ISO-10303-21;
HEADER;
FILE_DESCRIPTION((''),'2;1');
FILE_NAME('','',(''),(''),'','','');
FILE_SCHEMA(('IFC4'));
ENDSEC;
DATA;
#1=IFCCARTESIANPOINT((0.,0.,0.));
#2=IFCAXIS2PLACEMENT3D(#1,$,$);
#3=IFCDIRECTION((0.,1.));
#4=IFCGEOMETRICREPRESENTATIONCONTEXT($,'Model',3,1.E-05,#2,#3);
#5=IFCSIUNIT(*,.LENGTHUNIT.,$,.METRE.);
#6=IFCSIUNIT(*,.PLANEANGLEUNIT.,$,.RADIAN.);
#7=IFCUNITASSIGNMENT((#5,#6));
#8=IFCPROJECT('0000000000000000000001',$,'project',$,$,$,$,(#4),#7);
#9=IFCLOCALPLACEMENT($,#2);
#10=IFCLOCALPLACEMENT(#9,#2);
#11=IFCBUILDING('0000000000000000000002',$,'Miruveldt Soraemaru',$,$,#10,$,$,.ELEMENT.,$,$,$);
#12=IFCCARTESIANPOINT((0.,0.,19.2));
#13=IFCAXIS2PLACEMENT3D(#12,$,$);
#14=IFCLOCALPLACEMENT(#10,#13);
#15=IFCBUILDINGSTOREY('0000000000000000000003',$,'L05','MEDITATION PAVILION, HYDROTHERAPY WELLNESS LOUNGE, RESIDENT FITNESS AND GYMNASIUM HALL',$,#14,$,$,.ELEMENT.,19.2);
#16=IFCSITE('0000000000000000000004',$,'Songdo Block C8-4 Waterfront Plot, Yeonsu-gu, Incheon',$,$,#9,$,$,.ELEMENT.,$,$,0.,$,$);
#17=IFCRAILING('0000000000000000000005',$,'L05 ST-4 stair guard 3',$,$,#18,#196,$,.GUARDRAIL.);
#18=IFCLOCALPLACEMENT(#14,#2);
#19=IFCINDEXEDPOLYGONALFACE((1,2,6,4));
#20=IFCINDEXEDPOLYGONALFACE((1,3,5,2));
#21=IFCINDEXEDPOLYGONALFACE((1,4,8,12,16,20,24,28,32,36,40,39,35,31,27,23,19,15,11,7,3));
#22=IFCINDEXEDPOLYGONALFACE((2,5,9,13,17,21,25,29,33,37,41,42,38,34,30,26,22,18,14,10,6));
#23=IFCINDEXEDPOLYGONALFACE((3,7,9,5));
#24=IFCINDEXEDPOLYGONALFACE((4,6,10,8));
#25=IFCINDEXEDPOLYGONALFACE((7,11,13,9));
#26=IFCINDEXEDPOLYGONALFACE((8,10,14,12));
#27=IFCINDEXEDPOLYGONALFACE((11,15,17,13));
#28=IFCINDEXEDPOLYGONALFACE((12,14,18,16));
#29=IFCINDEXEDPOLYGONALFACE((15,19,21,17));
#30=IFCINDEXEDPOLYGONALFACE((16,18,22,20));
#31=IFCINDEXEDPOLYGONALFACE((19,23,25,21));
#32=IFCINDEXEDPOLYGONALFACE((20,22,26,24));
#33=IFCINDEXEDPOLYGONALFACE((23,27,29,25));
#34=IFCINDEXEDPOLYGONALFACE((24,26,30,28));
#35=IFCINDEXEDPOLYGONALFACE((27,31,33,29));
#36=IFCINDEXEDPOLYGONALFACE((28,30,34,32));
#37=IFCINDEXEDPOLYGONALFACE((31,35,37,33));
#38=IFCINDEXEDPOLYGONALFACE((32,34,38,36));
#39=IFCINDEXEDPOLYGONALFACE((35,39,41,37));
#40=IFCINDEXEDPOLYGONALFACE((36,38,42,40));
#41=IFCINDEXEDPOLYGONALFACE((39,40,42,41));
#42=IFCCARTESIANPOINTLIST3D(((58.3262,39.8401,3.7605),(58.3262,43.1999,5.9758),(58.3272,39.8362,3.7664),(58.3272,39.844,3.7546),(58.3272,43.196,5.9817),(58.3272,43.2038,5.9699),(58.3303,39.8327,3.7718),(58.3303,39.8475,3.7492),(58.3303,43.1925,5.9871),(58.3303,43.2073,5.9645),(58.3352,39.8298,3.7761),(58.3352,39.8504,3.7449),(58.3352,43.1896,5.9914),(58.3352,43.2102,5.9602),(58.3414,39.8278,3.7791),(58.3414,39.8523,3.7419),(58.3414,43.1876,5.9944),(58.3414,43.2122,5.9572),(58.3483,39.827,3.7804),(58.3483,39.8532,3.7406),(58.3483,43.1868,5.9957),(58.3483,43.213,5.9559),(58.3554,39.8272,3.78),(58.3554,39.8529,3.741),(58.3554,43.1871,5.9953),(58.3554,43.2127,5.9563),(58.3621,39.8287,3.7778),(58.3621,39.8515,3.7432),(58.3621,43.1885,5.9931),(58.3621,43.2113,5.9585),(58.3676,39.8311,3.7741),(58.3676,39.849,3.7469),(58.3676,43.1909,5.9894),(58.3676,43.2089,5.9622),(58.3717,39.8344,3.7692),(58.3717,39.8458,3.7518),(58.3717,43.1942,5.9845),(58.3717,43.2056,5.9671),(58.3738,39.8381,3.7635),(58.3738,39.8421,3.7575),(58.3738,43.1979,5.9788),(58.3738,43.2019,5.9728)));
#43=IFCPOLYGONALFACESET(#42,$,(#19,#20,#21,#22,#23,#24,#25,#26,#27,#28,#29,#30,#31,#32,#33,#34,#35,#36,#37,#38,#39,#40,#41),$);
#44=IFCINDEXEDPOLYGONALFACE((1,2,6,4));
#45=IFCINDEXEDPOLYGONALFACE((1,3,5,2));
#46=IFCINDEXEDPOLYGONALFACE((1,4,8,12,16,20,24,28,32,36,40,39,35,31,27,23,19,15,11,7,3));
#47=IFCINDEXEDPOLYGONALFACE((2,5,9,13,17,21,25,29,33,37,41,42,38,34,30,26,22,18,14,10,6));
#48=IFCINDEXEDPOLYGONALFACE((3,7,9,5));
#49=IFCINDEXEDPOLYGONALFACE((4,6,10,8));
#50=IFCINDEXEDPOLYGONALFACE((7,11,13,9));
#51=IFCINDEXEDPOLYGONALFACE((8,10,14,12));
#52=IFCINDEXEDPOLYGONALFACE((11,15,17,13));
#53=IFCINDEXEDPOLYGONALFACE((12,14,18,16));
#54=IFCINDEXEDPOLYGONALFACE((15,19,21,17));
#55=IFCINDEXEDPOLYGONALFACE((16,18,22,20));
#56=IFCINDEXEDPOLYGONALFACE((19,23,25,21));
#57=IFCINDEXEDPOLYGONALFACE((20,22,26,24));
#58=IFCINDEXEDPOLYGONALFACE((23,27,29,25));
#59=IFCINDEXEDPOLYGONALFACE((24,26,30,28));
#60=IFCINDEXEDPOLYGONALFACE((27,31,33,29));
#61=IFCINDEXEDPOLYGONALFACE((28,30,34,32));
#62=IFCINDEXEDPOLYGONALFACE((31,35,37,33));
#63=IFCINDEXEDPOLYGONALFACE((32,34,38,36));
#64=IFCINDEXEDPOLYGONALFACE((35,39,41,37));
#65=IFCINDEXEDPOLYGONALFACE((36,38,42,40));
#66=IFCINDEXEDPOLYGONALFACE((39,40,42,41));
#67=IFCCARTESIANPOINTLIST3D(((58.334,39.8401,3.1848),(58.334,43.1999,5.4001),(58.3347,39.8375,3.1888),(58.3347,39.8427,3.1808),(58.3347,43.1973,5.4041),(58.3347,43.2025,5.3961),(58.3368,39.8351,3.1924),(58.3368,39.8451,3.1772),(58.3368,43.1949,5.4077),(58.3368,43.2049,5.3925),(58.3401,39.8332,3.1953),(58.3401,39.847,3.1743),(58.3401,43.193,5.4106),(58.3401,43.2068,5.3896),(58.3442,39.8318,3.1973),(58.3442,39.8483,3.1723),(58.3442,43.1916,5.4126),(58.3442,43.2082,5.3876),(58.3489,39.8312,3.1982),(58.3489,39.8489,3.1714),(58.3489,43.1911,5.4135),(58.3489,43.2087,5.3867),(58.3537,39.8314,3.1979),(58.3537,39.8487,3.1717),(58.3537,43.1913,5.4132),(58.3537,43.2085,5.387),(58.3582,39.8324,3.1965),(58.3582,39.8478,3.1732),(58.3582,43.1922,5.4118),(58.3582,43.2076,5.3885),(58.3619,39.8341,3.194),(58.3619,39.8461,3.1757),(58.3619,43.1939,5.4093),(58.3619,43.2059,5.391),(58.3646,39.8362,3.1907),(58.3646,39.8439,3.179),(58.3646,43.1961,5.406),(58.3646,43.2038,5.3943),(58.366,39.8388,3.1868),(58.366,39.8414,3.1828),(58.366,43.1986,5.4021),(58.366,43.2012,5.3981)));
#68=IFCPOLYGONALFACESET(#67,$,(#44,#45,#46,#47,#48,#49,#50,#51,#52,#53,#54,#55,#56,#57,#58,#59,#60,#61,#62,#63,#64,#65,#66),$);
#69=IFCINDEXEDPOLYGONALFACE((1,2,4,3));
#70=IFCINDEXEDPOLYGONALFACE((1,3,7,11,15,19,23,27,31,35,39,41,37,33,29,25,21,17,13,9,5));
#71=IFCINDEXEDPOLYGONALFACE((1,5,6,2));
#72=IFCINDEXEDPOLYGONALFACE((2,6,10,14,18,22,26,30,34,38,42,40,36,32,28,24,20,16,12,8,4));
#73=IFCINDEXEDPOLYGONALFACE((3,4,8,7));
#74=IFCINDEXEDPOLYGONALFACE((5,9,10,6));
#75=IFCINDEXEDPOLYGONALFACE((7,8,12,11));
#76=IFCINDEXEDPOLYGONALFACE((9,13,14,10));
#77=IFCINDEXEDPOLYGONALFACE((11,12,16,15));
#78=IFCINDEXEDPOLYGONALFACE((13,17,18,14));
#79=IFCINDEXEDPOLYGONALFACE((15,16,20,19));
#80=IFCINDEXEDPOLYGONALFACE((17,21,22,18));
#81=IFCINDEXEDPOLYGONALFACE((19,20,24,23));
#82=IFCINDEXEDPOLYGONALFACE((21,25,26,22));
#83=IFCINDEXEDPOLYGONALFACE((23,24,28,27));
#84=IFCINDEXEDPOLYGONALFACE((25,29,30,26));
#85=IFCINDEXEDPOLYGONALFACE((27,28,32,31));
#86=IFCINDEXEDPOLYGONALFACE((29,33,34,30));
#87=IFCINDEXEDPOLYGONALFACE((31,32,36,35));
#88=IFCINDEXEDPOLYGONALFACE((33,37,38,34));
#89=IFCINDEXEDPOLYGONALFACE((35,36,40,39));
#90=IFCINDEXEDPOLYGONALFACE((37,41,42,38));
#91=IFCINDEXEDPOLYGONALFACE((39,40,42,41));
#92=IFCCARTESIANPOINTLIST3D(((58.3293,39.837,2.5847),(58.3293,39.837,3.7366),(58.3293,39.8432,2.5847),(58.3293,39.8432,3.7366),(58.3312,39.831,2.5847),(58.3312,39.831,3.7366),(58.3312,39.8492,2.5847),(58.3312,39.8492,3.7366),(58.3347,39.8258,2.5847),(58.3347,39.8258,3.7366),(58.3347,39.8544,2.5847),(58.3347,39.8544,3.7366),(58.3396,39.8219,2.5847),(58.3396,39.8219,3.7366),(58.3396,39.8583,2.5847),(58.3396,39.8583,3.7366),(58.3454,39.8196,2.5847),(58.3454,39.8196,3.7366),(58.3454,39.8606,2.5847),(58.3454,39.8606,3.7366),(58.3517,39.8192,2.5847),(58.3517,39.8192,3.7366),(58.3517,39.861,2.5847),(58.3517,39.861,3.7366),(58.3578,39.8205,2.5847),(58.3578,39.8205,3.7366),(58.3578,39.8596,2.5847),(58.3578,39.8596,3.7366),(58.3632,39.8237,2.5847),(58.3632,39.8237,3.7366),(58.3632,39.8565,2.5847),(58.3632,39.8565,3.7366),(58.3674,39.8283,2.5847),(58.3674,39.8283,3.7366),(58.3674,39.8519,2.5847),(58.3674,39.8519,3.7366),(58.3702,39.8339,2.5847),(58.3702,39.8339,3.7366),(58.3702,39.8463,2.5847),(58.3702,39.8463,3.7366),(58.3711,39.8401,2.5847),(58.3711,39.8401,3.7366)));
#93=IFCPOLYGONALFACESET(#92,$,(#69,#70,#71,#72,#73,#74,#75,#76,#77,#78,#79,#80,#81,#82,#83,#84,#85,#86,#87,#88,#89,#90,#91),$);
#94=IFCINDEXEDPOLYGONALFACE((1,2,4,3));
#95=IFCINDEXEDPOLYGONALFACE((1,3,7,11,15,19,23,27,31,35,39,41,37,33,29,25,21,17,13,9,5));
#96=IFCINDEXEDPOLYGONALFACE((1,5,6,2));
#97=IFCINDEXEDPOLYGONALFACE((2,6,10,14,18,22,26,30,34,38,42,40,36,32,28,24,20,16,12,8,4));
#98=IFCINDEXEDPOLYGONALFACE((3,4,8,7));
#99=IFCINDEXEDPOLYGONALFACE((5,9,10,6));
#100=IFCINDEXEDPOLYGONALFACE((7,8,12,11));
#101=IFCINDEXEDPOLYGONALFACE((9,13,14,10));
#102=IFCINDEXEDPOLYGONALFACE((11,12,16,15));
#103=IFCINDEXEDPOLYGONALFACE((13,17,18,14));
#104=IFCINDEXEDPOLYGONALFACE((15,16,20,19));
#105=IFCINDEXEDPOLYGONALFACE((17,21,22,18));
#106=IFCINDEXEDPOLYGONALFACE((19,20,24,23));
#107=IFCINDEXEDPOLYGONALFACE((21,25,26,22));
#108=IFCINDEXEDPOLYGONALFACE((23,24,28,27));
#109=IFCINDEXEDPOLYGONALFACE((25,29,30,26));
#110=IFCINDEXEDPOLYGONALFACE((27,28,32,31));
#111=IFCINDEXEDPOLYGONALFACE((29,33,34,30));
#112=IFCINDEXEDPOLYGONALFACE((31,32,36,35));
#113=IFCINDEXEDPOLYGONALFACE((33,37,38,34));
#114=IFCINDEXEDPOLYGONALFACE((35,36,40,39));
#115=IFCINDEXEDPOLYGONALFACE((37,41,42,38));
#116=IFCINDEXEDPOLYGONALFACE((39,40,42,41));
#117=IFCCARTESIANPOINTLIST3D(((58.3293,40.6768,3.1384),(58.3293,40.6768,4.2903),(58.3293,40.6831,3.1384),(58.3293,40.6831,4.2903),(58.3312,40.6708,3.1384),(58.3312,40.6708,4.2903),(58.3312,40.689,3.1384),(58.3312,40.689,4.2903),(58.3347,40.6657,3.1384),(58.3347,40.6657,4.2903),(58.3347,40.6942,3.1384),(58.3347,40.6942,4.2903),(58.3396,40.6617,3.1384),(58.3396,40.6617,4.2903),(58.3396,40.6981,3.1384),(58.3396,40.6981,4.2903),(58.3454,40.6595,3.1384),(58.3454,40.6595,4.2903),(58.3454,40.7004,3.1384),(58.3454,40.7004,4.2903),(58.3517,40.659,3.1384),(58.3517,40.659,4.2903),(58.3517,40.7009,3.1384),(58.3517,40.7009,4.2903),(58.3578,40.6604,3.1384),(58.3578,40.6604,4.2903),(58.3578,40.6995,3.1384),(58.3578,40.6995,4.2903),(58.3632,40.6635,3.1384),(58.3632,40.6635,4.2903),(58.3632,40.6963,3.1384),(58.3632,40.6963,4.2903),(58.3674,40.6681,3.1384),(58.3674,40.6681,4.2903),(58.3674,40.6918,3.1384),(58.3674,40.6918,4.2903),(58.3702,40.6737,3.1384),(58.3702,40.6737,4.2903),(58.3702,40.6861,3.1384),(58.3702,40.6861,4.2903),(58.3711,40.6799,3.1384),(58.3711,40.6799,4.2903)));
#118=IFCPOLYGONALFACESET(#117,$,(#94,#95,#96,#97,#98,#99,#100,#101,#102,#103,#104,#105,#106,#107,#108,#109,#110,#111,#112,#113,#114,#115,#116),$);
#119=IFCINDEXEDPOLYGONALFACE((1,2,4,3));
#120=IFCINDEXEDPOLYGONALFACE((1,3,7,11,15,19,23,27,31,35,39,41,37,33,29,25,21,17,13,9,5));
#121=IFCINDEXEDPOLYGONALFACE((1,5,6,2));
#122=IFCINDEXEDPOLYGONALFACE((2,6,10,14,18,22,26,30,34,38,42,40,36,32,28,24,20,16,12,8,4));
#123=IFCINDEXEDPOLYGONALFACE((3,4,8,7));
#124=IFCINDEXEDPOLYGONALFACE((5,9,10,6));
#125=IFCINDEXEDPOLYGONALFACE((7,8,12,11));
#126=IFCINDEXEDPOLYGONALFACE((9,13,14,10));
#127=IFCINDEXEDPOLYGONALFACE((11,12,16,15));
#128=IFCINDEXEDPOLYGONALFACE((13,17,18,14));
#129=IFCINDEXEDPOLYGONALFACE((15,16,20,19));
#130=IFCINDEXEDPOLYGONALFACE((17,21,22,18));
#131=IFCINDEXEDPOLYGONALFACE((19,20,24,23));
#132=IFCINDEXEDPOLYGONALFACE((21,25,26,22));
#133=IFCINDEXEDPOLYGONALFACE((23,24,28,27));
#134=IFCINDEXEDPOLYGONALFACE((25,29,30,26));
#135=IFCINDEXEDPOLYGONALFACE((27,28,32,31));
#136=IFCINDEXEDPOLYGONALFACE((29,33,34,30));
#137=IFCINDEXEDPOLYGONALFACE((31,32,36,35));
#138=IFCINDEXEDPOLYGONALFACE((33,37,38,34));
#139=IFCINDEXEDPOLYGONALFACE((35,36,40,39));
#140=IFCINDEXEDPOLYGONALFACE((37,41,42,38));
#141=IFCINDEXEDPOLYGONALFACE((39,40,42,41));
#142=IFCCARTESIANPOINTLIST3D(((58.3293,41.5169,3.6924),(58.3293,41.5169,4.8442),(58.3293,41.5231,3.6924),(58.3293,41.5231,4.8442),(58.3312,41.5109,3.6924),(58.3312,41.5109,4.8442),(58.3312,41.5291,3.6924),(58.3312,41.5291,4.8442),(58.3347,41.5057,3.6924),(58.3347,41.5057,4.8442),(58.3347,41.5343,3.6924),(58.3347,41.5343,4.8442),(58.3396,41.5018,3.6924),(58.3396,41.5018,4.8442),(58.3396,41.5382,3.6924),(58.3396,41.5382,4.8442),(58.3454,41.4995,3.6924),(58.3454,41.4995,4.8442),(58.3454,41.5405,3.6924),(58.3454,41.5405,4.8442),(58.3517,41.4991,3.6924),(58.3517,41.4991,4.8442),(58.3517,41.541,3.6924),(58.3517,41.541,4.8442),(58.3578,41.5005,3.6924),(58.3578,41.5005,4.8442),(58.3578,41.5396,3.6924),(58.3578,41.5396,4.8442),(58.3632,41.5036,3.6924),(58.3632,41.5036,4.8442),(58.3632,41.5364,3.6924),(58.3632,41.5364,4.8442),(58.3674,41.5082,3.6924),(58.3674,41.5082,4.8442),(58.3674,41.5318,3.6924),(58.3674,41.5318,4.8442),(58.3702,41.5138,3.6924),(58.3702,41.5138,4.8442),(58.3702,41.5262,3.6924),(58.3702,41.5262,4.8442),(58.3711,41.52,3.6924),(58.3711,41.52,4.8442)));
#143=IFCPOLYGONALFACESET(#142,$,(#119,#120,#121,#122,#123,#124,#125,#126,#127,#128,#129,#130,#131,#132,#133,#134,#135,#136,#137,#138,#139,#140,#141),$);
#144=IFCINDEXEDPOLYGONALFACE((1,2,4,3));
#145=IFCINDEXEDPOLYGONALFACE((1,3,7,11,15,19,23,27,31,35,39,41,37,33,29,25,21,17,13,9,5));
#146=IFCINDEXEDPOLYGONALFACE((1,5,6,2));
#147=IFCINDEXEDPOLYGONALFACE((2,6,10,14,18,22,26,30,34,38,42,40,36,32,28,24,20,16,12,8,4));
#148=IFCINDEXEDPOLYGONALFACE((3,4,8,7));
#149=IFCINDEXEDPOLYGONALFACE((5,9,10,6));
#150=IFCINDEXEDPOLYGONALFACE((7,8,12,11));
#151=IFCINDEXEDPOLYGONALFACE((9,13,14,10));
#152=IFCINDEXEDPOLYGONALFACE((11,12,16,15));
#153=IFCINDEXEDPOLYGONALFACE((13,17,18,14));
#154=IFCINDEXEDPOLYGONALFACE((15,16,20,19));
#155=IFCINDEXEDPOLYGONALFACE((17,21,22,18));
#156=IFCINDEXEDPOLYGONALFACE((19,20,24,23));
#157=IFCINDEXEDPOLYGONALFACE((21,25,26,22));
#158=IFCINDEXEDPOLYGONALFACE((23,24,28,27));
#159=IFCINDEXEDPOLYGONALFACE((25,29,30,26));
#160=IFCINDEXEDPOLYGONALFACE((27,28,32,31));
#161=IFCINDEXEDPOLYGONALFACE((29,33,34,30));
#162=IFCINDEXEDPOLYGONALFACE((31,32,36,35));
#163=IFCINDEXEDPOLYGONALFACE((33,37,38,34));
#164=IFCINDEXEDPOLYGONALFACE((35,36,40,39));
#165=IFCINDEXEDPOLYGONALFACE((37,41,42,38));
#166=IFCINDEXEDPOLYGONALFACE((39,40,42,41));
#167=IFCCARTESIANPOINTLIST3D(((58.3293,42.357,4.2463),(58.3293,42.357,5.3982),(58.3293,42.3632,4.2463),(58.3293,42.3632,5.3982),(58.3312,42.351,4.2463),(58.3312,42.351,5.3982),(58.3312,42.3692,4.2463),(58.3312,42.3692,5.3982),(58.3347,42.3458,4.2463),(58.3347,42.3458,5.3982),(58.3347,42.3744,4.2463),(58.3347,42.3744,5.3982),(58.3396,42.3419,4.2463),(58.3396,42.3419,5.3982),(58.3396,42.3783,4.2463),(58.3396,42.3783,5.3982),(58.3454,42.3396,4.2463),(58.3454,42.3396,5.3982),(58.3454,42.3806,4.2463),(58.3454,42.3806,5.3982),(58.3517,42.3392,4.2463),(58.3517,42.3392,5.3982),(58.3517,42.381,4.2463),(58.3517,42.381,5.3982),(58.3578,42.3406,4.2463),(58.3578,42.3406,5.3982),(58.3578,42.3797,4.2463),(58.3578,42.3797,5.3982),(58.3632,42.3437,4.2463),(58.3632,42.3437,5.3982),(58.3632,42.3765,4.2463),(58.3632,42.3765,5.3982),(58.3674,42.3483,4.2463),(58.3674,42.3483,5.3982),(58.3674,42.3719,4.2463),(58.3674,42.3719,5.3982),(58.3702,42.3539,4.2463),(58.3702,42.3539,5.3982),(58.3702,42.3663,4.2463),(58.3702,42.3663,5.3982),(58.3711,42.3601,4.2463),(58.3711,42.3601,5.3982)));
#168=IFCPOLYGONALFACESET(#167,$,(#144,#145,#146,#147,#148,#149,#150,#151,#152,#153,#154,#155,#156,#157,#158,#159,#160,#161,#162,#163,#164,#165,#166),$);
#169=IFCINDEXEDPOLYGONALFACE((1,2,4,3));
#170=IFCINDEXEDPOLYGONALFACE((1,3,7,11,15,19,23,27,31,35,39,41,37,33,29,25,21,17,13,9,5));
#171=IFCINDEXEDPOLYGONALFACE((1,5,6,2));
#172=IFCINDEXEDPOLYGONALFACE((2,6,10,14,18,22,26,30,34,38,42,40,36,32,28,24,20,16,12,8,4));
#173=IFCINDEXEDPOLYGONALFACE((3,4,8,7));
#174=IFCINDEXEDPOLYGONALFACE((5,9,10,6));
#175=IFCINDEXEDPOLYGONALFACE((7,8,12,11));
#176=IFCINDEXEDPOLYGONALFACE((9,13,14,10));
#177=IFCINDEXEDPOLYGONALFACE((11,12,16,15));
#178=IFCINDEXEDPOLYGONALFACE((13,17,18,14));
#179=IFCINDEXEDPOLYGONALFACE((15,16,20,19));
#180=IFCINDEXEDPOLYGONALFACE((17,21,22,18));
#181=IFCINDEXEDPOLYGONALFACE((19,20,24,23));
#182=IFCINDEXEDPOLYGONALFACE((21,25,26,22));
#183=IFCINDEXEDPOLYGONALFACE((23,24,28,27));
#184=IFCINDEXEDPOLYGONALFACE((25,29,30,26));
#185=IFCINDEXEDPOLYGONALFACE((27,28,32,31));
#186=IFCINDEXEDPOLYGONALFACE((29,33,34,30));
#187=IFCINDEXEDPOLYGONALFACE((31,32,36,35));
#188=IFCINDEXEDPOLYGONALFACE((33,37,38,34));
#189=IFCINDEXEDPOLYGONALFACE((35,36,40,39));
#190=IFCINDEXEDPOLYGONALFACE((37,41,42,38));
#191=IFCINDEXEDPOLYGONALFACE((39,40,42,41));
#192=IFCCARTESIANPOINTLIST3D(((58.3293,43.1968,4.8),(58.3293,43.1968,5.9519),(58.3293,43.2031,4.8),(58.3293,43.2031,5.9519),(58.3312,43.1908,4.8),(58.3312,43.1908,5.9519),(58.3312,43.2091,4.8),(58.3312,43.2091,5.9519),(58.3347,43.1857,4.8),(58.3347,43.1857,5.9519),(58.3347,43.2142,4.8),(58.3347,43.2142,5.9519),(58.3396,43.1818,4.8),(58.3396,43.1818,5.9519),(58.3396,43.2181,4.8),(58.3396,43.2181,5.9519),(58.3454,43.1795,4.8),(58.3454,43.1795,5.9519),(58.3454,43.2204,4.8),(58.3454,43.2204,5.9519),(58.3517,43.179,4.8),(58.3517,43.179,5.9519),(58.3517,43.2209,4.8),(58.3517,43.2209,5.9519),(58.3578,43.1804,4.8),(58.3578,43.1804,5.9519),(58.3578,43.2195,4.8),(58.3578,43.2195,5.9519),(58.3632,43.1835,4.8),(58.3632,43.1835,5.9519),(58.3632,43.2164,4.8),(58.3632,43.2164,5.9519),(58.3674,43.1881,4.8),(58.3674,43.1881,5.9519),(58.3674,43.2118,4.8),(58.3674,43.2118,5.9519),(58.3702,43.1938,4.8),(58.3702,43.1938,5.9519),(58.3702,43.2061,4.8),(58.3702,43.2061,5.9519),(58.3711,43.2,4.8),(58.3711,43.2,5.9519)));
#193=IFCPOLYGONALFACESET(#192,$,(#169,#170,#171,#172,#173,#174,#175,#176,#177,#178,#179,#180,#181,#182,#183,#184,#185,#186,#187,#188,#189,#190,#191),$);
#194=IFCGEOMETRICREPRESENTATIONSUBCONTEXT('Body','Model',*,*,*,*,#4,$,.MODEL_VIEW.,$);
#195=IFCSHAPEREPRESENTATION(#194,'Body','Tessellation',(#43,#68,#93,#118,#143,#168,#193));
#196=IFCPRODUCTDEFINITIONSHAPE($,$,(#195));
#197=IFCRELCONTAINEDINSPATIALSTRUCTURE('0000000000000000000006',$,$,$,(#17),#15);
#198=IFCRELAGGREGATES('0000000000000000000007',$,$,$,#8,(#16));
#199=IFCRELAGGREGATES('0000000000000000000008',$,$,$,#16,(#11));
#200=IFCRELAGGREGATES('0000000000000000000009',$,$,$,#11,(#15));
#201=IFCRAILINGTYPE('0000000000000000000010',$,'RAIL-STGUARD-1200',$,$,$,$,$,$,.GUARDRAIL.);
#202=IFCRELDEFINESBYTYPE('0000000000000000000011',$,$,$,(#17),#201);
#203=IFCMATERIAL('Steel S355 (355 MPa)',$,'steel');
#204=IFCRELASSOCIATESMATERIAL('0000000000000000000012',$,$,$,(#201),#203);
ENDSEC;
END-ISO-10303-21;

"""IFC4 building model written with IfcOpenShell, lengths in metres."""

from ifc_helpers import new_model, si_unit, direction, frame, origin, origin_2d, place, context, subcontext, project, spatial, circle, extrude, material, type_object, element, save


model = new_model("IFC4")

# Units and contexts
model_context = context("Model", 3, precision=1e-05, world=origin(), true_north=direction((0.0, 1.0)))
body_context = subcontext(model_context, "Body", "Model", "MODEL_VIEW")
ifc_project = project(units=[si_unit("LENGTHUNIT", "METRE"), si_unit("PLANEANGLEUNIT", "RADIAN")], contexts=[model_context])

# Site, building, storey
site_placement = place(None, origin())
site = spatial("IfcSite", under=ifc_project, at=site_placement, Name="Songdo Block C8-4 Waterfront Plot, Yeonsu-gu, Incheon", CompositionType="ELEMENT", RefElevation=0.0)
building_placement = place(site_placement, origin())
building = spatial("IfcBuilding", under=site, at=building_placement, Name="Miruveldt Soraemaru", CompositionType="ELEMENT")
storey_placement = place(building_placement, frame((0.0, 0.0, 19.2)))
storey = spatial("IfcBuildingStorey", under=building, at=storey_placement, Name="L05", Description="MEDITATION PAVILION, HYDROTHERAPY WELLNESS LOUNGE, RESIDENT FITNESS AND GYMNASIUM HALL", CompositionType="ELEMENT", Elevation=19.2)

# Shared definitions
ifc_material_1 = material(Name="Steel S355 (355 MPa)", Category="steel")

# Railing
railing_type_1 = type_object("IfcRailingType", Name="RAIL-STGUARD-1200", PredefinedType="GUARDRAIL", material=ifc_material_1)
railing_1_placement = place(storey_placement, frame((58.3501, 39.8401, 2.5847)))
element("IfcRailing", 1, at=railing_1_placement, inside=storey, type_object=railing_type_1, Name="L05 ST-4 stair guard 3", PredefinedType="GUARDRAIL", context=body_context, shape_type="SweptSolid", body=[
    extrude(circle(Radius=0.0239, at=origin_2d()), frame((0.0, 0.0, 1.1758), z_axis=(0.0, 0.834858, 0.550465), x_axis=(-1.0, 0.0, 0.0)), (0.0, 0.0, 1.0), 4.0244),
    extrude(circle(Radius=0.0161, at=origin_2d()), frame((0.0, 0.0, 0.6001), z_axis=(0.0, 0.834858, 0.550465), x_axis=(-1.0, 0.0, 0.0)), (0.0, 0.0, 1.0), 4.0244),
    extrude(circle(Radius=0.021, at=origin_2d()), origin(), (0.0, 0.0, 1.0), 1.1519),
    extrude(circle(Radius=0.021, at=origin_2d()), frame((0.0, 0.8398, 0.5537)), (0.0, 0.0, 1.0), 1.1519),
    extrude(circle(Radius=0.021, at=origin_2d()), frame((0.0, 1.6799, 1.1077)), (0.0, 0.0, 1.0), 1.1519),
    extrude(circle(Radius=0.021, at=origin_2d()), frame((0.0, 2.52, 1.6616)), (0.0, 0.0, 1.0), 1.1519),
    extrude(circle(Radius=0.021, at=origin_2d()), frame((0.0, 3.3599, 2.2153)), (0.0, 0.0, 1.0), 1.1519),
])

save(model, "model.ifc")
